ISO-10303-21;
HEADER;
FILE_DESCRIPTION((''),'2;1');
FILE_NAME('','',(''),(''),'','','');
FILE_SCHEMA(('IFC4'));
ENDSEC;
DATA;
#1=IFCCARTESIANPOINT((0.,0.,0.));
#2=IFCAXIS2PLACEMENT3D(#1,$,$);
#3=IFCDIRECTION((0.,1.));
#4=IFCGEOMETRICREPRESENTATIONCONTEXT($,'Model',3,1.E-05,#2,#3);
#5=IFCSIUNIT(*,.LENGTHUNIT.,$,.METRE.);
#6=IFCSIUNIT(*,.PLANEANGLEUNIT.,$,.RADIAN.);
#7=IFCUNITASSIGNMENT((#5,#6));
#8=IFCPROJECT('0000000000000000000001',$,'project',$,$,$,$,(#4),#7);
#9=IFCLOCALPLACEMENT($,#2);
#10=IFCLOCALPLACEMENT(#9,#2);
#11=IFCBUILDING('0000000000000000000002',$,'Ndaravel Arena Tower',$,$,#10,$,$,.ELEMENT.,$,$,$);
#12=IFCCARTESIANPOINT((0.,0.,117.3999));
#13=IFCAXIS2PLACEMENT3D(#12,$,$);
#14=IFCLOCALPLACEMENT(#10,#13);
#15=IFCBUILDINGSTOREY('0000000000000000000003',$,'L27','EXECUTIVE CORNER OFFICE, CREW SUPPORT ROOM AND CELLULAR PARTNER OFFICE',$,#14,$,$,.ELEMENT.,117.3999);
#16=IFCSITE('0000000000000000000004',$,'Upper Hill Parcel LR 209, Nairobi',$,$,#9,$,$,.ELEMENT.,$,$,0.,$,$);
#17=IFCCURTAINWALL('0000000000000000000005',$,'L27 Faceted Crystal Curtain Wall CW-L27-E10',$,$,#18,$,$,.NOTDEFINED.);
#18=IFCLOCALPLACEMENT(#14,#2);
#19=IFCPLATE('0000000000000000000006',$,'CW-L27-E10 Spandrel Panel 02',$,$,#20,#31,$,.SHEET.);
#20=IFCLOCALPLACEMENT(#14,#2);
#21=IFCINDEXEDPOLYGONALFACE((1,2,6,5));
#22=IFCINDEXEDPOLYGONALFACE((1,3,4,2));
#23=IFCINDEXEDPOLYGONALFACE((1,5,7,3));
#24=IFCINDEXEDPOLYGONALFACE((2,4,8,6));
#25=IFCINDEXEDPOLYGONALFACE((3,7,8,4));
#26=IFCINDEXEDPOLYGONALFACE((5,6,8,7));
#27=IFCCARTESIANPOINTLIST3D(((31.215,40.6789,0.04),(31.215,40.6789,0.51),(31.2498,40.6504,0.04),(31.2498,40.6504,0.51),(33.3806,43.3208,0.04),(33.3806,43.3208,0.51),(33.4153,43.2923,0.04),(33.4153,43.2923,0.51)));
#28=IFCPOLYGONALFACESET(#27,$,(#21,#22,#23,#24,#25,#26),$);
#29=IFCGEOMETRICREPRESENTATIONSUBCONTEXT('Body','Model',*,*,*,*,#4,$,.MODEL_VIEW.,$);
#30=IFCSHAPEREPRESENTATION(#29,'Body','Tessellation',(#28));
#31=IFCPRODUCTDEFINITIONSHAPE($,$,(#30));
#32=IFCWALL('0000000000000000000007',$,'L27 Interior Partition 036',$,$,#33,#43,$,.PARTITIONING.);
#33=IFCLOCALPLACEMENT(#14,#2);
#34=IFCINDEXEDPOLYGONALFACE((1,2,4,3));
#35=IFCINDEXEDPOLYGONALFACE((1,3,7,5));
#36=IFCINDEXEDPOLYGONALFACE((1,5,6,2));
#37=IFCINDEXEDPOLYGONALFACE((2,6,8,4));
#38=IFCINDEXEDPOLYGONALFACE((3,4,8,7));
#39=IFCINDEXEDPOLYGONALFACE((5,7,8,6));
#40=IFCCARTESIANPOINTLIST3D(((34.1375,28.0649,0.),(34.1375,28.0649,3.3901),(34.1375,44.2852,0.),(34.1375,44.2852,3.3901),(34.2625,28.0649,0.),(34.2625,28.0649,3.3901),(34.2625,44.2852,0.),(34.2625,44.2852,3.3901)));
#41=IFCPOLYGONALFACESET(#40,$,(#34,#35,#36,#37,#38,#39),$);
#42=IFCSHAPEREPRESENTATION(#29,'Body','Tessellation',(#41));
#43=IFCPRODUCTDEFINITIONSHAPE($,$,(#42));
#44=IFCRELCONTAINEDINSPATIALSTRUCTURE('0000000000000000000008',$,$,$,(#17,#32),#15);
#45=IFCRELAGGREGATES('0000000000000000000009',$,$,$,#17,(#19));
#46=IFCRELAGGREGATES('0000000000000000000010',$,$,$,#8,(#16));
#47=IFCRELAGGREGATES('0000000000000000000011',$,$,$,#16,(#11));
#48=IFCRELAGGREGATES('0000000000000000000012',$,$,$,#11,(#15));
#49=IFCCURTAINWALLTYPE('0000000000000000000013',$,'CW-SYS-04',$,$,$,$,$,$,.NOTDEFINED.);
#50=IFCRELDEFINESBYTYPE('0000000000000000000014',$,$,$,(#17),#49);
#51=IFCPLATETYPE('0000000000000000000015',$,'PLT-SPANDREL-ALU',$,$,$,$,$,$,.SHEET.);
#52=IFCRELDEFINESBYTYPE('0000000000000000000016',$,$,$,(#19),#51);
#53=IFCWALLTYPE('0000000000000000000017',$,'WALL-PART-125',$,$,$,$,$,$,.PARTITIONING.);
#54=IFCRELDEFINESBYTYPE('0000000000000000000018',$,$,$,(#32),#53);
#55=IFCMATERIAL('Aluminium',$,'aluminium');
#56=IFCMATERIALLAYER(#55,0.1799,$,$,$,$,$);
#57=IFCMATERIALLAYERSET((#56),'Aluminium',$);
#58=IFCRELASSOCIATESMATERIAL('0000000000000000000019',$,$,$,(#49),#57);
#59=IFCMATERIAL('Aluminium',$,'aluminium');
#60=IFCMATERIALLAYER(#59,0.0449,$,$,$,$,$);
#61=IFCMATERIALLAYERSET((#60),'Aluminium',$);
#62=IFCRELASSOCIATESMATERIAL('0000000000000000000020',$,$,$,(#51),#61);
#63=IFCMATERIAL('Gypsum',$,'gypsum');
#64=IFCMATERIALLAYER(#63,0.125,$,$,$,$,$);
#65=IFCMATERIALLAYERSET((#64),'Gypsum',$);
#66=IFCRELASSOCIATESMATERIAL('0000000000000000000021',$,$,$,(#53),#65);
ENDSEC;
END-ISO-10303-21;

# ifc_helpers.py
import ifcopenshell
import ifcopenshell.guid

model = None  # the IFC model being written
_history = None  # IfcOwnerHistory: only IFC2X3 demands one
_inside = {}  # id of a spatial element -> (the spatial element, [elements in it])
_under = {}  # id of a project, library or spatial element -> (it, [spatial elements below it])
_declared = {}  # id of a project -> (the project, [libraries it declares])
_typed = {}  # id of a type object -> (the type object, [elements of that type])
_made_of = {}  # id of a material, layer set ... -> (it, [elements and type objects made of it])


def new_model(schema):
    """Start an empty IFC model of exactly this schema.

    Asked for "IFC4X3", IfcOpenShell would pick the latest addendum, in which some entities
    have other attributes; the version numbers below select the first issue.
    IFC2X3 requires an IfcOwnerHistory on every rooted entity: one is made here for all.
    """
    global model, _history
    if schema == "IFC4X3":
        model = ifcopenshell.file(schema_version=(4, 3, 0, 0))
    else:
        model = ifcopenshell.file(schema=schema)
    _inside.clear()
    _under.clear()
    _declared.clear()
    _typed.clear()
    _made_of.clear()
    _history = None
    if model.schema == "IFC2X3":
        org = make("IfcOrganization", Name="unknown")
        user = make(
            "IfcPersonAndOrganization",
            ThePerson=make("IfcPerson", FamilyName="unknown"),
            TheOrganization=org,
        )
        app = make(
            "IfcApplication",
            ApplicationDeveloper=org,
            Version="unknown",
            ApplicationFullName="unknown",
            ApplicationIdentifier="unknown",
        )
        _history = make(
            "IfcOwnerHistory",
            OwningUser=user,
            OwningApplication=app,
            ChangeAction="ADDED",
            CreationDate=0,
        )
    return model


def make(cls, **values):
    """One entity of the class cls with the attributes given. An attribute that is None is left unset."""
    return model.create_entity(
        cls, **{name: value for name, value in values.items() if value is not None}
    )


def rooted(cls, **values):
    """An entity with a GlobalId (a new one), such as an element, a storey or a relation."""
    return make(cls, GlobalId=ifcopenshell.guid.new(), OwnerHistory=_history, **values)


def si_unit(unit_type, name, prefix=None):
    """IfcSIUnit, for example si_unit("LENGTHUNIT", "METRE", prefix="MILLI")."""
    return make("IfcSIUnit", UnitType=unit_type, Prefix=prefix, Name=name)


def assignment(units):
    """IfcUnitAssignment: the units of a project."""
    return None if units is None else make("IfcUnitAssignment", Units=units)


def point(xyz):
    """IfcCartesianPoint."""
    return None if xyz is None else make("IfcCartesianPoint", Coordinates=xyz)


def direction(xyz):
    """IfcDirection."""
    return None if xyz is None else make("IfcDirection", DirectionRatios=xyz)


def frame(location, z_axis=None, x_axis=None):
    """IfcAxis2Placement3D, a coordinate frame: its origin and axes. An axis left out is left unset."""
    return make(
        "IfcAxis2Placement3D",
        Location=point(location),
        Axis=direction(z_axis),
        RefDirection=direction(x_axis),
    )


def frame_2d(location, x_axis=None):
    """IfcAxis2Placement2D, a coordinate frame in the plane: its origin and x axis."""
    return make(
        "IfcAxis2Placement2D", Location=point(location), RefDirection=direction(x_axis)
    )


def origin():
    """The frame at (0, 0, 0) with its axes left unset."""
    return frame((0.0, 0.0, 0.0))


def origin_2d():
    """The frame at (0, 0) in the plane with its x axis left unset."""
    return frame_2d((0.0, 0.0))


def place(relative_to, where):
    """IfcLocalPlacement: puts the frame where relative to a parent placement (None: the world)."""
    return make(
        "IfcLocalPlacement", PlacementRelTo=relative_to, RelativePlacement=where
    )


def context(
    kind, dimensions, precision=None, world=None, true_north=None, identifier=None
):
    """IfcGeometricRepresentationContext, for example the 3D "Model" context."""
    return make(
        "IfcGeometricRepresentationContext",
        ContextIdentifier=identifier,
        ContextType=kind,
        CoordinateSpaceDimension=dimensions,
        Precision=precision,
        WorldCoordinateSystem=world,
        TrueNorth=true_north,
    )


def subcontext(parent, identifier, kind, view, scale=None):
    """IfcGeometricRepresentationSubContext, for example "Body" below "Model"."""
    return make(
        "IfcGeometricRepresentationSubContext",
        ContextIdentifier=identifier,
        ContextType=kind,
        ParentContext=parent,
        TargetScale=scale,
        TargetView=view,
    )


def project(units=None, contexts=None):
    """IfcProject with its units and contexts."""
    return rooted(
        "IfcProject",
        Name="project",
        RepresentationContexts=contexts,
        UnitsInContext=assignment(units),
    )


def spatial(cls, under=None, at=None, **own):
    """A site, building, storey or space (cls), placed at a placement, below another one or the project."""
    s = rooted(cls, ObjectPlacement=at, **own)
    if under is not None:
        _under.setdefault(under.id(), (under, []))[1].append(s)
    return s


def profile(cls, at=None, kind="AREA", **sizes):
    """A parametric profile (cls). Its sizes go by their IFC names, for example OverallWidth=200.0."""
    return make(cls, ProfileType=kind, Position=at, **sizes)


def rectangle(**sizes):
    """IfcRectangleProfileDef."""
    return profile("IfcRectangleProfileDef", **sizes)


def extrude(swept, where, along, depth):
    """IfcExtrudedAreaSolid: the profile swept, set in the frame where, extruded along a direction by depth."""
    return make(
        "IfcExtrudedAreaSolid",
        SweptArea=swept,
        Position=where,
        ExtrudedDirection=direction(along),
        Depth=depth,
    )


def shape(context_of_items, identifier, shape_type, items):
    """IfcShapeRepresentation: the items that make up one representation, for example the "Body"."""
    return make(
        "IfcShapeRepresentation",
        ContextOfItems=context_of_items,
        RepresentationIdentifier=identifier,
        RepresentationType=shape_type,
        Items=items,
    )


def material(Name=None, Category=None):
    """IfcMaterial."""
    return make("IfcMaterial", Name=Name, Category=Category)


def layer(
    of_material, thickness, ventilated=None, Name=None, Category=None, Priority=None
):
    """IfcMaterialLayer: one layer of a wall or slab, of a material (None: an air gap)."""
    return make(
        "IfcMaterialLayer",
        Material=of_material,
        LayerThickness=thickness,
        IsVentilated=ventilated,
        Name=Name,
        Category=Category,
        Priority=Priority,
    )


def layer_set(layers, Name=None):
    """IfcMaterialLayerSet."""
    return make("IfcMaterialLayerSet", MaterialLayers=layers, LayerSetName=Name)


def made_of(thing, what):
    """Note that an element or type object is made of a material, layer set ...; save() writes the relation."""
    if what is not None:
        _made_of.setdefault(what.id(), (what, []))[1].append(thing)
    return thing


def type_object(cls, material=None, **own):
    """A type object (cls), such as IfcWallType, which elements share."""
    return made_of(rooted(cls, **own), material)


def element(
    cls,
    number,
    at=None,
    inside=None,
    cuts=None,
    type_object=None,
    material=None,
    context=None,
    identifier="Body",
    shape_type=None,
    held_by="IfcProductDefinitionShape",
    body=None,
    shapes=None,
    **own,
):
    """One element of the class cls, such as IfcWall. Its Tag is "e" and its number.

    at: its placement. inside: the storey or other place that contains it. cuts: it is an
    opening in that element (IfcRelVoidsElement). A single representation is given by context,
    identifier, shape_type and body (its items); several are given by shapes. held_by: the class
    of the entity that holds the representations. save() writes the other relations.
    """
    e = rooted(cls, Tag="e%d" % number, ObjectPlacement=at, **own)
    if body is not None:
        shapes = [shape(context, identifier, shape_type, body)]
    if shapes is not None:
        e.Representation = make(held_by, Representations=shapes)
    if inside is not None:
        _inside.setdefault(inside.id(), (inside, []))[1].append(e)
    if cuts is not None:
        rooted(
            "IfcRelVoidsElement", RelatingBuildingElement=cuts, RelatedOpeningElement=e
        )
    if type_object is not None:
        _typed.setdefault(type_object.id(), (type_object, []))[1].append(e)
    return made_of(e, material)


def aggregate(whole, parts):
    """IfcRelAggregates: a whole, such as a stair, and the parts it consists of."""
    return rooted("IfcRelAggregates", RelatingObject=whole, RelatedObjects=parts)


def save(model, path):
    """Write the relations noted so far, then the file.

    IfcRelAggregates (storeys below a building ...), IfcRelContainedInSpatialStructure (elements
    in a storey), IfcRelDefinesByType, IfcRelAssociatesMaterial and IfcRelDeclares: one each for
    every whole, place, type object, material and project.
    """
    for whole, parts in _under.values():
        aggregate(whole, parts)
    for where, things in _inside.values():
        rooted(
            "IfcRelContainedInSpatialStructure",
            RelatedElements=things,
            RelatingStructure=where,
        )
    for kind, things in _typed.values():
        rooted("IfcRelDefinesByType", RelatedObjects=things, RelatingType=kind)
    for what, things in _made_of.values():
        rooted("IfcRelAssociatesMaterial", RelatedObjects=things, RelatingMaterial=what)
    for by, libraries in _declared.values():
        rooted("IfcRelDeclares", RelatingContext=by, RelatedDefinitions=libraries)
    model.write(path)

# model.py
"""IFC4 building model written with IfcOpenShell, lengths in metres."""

from ifc_helpers import new_model, si_unit, direction, frame, frame_2d, origin, origin_2d, place, context, subcontext, project, spatial, rectangle, extrude, material, layer, layer_set, type_object, element, aggregate, save


model = new_model("IFC4")

# Units and contexts
model_context = context("Model", 3, precision=1e-05, world=origin(), true_north=direction((0.0, 1.0)))
body_context = subcontext(model_context, "Body", "Model", "MODEL_VIEW")
ifc_project = project(units=[si_unit("LENGTHUNIT", "METRE"), si_unit("PLANEANGLEUNIT", "RADIAN")], contexts=[model_context])

# Site, building, storey
site_placement = place(None, origin())
site = spatial("IfcSite", under=ifc_project, at=site_placement, Name="Upper Hill Parcel LR 209, Nairobi", CompositionType="ELEMENT", RefElevation=0.0)
building_placement = place(site_placement, origin())
building = spatial("IfcBuilding", under=site, at=building_placement, Name="Ndaravel Arena Tower", CompositionType="ELEMENT")
storey_placement = place(building_placement, frame((0.0, 0.0, 117.3999)))
storey = spatial("IfcBuildingStorey", under=building, at=storey_placement, Name="L27", Description="EXECUTIVE CORNER OFFICE, CREW SUPPORT ROOM AND CELLULAR PARTNER OFFICE", CompositionType="ELEMENT", Elevation=117.3999)

# Shared definitions
ifc_material_1 = material(Name="Aluminium", Category="aluminium")
ifc_layer_1 = layer(ifc_material_1, 0.1799)
ifc_layer_set_1 = layer_set([ifc_layer_1], Name="Aluminium")
curtain_wall_type = type_object("IfcCurtainWallType", Name="CW-SYS-04", PredefinedType="NOTDEFINED", material=ifc_layer_set_1)

# Curtain wall
curtain_wall_1_placement = place(storey_placement, origin())
curtain_wall_1 = element("IfcCurtainWall", 1, at=curtain_wall_1_placement, inside=storey, type_object=curtain_wall_type, Name="L27 Faceted Crystal Curtain Wall CW-L27-E10", PredefinedType="NOTDEFINED")

# Plate
ifc_material_2 = material(Name="Aluminium", Category="aluminium")
ifc_layer_2 = layer(ifc_material_2, 0.0449)
ifc_layer_set_2 = layer_set([ifc_layer_2], Name="Aluminium")
plate_type_1 = type_object("IfcPlateType", Name="PLT-SPANDREL-ALU", PredefinedType="SHEET", material=ifc_layer_set_2)
plate_1_placement = place(storey_placement, frame((32.3152, 41.9856, 0.04), z_axis=(0.0, 0.0, 1.0), x_axis=(-0.633934, -0.773387, 0.0)))
plate_1 = element("IfcPlate", 2, at=plate_1_placement, type_object=plate_type_1, Name="CW-L27-E10 Spandrel Panel 02", PredefinedType="SHEET", context=body_context, shape_type="SweptSolid", body=[
    extrude(rectangle(XDim=3.416, YDim=0.0449, at=origin_2d()), origin(), (0.0, 0.0, 1.0), 0.47),
])
aggregate(curtain_wall_1, [plate_1])

# Wall
ifc_material_3 = material(Name="Gypsum", Category="gypsum")
ifc_layer_3 = layer(ifc_material_3, 0.125)
ifc_layer_set_3 = layer_set([ifc_layer_3], Name="Gypsum")
wall_type = type_object("IfcWallType", Name="WALL-PART-125", PredefinedType="PARTITIONING", material=ifc_layer_set_3)
wall_placement = place(storey_placement, frame((34.2, 44.2852, 0.0), z_axis=(0.0, 0.0, 1.0), x_axis=(0.0, -1.0, 0.0)))
element("IfcWall", 3, at=wall_placement, inside=storey, type_object=wall_type, Name="L27 Interior Partition 036", PredefinedType="PARTITIONING", context=body_context, shape_type="SweptSolid", body=[
    extrude(rectangle(XDim=16.2202, YDim=0.125, at=frame_2d((8.1101, 0.0))), origin(), (0.0, 0.0, 1.0), 3.3901),
])

save(model, "model.ifc")
